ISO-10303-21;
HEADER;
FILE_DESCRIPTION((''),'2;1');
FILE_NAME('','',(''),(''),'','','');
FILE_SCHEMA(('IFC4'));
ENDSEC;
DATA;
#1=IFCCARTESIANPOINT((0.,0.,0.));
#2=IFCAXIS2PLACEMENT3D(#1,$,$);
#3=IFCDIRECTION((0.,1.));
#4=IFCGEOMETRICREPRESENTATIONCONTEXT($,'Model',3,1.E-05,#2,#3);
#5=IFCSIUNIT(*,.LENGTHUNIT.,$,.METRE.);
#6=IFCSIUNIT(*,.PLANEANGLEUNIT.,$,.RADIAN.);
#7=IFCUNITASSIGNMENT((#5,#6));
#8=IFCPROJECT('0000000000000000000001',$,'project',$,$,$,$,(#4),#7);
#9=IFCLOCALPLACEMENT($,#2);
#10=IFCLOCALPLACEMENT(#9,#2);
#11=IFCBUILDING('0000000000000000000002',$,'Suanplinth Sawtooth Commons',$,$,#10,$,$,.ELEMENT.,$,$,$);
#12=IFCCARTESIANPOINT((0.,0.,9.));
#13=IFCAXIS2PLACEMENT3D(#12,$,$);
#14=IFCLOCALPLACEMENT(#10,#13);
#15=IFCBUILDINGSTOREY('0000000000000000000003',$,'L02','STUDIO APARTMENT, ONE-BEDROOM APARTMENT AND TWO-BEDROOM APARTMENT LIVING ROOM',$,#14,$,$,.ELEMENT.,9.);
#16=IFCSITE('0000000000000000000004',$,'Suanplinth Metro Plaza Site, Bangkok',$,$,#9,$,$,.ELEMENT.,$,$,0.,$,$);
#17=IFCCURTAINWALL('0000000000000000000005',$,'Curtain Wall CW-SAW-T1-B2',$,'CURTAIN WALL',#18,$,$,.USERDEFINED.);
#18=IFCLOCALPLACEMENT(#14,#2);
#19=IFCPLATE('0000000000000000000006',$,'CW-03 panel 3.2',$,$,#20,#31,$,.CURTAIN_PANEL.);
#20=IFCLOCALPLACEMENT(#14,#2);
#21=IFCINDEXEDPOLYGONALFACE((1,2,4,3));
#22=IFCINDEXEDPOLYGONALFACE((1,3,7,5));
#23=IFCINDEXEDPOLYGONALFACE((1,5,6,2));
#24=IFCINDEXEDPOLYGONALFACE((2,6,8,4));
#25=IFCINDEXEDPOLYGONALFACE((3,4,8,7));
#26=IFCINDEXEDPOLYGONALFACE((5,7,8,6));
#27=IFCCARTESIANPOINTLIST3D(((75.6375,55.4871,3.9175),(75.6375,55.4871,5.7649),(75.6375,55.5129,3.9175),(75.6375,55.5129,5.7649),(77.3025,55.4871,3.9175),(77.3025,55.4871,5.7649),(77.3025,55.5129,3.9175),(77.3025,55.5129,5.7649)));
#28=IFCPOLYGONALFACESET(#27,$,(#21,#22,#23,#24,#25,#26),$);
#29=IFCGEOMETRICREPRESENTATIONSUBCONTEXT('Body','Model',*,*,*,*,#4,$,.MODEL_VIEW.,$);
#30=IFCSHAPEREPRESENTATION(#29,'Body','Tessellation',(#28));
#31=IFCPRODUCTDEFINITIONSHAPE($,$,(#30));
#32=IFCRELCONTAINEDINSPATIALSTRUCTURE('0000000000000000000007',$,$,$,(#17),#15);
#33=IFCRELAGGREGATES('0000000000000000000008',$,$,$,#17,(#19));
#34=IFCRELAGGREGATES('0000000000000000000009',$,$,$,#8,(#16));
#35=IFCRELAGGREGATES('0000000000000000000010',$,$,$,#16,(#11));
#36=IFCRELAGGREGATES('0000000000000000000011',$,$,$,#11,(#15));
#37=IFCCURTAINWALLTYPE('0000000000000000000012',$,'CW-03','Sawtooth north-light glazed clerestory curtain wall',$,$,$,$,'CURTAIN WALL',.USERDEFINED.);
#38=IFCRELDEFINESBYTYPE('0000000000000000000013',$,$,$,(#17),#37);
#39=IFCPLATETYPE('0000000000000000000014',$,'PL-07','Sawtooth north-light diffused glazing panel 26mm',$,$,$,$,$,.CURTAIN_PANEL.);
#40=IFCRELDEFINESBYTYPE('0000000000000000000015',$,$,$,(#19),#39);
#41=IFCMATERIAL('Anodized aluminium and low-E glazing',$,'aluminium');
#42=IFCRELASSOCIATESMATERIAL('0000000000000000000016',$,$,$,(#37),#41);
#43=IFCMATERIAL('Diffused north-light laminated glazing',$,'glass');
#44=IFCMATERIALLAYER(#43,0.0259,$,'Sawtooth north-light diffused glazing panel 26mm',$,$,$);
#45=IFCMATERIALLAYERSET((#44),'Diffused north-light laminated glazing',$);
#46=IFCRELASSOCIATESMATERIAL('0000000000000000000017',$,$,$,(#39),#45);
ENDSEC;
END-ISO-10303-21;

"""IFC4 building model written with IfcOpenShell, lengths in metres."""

from ifc_helpers import new_model, si_unit, direction, frame, origin, origin_2d, place, context, subcontext, project, spatial, rectangle, extrude, material, layer, layer_set, type_object, element, aggregate, save


model = new_model("IFC4")

# Units and contexts
model_context = context("Model", 3, precision=1e-05, world=origin(), true_north=direction((0.0, 1.0)))
body_context = subcontext(model_context, "Body", "Model", "MODEL_VIEW")
ifc_project = project(units=[si_unit("LENGTHUNIT", "METRE"), si_unit("PLANEANGLEUNIT", "RADIAN")], contexts=[model_context])

# Site, building, storey
site_placement = place(None, origin())
site = spatial("IfcSite", under=ifc_project, at=site_placement, Name="Suanplinth Metro Plaza Site, Bangkok", CompositionType="ELEMENT", RefElevation=0.0)
building_placement = place(site_placement, origin())
building = spatial("IfcBuilding", under=site, at=building_placement, Name="Suanplinth Sawtooth Commons", CompositionType="ELEMENT")
storey_placement = place(building_placement, frame((0.0, 0.0, 9.0)))
storey = spatial("IfcBuildingStorey", under=building, at=storey_placement, Name="L02", Description="STUDIO APARTMENT, ONE-BEDROOM APARTMENT AND TWO-BEDROOM APARTMENT LIVING ROOM", CompositionType="ELEMENT", Elevation=9.0)

# Curtain wall
ifc_material_1 = material(Name="Anodized aluminium and low-E glazing", Category="aluminium")
curtain_wall_type = type_object("IfcCurtainWallType", Name="CW-03", Description="Sawtooth north-light glazed clerestory curtain wall", ElementType="CURTAIN WALL", PredefinedType="USERDEFINED", material=ifc_material_1)
curtain_wall_placement = place(storey_placement, origin())
curtain_wall = element("IfcCurtainWall", 1, at=curtain_wall_placement, inside=storey, type_object=curtain_wall_type, Name="Curtain Wall CW-SAW-T1-B2", ObjectType="CURTAIN WALL", PredefinedType="USERDEFINED")

# Plate
ifc_material_2 = material(Name="Diffused north-light laminated glazing", Category="glass")
ifc_layer_1 = layer(ifc_material_2, 0.0259, Name="Sawtooth north-light diffused glazing panel 26mm")
ifc_layer_set_1 = layer_set([ifc_layer_1], Name="Diffused north-light laminated glazing")
plate_type_1 = type_object("IfcPlateType", Name="PL-07", Description="Sawtooth north-light diffused glazing panel 26mm", PredefinedType="CURTAIN_PANEL", material=ifc_layer_set_1)
plate_1_placement = place(storey_placement, frame((76.47, 55.5, 3.9175), z_axis=(0.0, 0.0, 1.0), x_axis=(1.0, 0.0, 0.0)))
plate_1 = element("IfcPlate", 2, at=plate_1_placement, type_object=plate_type_1, Name="CW-03 panel 3.2", PredefinedType="CURTAIN_PANEL", context=body_context, shape_type="SweptSolid", body=[
    extrude(rectangle(XDim=1.665, YDim=0.0259, at=origin_2d()), origin(), (0.0, 0.0, 1.0), 1.8474),
])
aggregate(curtain_wall, [plate_1])

save(model, "model.ifc")
